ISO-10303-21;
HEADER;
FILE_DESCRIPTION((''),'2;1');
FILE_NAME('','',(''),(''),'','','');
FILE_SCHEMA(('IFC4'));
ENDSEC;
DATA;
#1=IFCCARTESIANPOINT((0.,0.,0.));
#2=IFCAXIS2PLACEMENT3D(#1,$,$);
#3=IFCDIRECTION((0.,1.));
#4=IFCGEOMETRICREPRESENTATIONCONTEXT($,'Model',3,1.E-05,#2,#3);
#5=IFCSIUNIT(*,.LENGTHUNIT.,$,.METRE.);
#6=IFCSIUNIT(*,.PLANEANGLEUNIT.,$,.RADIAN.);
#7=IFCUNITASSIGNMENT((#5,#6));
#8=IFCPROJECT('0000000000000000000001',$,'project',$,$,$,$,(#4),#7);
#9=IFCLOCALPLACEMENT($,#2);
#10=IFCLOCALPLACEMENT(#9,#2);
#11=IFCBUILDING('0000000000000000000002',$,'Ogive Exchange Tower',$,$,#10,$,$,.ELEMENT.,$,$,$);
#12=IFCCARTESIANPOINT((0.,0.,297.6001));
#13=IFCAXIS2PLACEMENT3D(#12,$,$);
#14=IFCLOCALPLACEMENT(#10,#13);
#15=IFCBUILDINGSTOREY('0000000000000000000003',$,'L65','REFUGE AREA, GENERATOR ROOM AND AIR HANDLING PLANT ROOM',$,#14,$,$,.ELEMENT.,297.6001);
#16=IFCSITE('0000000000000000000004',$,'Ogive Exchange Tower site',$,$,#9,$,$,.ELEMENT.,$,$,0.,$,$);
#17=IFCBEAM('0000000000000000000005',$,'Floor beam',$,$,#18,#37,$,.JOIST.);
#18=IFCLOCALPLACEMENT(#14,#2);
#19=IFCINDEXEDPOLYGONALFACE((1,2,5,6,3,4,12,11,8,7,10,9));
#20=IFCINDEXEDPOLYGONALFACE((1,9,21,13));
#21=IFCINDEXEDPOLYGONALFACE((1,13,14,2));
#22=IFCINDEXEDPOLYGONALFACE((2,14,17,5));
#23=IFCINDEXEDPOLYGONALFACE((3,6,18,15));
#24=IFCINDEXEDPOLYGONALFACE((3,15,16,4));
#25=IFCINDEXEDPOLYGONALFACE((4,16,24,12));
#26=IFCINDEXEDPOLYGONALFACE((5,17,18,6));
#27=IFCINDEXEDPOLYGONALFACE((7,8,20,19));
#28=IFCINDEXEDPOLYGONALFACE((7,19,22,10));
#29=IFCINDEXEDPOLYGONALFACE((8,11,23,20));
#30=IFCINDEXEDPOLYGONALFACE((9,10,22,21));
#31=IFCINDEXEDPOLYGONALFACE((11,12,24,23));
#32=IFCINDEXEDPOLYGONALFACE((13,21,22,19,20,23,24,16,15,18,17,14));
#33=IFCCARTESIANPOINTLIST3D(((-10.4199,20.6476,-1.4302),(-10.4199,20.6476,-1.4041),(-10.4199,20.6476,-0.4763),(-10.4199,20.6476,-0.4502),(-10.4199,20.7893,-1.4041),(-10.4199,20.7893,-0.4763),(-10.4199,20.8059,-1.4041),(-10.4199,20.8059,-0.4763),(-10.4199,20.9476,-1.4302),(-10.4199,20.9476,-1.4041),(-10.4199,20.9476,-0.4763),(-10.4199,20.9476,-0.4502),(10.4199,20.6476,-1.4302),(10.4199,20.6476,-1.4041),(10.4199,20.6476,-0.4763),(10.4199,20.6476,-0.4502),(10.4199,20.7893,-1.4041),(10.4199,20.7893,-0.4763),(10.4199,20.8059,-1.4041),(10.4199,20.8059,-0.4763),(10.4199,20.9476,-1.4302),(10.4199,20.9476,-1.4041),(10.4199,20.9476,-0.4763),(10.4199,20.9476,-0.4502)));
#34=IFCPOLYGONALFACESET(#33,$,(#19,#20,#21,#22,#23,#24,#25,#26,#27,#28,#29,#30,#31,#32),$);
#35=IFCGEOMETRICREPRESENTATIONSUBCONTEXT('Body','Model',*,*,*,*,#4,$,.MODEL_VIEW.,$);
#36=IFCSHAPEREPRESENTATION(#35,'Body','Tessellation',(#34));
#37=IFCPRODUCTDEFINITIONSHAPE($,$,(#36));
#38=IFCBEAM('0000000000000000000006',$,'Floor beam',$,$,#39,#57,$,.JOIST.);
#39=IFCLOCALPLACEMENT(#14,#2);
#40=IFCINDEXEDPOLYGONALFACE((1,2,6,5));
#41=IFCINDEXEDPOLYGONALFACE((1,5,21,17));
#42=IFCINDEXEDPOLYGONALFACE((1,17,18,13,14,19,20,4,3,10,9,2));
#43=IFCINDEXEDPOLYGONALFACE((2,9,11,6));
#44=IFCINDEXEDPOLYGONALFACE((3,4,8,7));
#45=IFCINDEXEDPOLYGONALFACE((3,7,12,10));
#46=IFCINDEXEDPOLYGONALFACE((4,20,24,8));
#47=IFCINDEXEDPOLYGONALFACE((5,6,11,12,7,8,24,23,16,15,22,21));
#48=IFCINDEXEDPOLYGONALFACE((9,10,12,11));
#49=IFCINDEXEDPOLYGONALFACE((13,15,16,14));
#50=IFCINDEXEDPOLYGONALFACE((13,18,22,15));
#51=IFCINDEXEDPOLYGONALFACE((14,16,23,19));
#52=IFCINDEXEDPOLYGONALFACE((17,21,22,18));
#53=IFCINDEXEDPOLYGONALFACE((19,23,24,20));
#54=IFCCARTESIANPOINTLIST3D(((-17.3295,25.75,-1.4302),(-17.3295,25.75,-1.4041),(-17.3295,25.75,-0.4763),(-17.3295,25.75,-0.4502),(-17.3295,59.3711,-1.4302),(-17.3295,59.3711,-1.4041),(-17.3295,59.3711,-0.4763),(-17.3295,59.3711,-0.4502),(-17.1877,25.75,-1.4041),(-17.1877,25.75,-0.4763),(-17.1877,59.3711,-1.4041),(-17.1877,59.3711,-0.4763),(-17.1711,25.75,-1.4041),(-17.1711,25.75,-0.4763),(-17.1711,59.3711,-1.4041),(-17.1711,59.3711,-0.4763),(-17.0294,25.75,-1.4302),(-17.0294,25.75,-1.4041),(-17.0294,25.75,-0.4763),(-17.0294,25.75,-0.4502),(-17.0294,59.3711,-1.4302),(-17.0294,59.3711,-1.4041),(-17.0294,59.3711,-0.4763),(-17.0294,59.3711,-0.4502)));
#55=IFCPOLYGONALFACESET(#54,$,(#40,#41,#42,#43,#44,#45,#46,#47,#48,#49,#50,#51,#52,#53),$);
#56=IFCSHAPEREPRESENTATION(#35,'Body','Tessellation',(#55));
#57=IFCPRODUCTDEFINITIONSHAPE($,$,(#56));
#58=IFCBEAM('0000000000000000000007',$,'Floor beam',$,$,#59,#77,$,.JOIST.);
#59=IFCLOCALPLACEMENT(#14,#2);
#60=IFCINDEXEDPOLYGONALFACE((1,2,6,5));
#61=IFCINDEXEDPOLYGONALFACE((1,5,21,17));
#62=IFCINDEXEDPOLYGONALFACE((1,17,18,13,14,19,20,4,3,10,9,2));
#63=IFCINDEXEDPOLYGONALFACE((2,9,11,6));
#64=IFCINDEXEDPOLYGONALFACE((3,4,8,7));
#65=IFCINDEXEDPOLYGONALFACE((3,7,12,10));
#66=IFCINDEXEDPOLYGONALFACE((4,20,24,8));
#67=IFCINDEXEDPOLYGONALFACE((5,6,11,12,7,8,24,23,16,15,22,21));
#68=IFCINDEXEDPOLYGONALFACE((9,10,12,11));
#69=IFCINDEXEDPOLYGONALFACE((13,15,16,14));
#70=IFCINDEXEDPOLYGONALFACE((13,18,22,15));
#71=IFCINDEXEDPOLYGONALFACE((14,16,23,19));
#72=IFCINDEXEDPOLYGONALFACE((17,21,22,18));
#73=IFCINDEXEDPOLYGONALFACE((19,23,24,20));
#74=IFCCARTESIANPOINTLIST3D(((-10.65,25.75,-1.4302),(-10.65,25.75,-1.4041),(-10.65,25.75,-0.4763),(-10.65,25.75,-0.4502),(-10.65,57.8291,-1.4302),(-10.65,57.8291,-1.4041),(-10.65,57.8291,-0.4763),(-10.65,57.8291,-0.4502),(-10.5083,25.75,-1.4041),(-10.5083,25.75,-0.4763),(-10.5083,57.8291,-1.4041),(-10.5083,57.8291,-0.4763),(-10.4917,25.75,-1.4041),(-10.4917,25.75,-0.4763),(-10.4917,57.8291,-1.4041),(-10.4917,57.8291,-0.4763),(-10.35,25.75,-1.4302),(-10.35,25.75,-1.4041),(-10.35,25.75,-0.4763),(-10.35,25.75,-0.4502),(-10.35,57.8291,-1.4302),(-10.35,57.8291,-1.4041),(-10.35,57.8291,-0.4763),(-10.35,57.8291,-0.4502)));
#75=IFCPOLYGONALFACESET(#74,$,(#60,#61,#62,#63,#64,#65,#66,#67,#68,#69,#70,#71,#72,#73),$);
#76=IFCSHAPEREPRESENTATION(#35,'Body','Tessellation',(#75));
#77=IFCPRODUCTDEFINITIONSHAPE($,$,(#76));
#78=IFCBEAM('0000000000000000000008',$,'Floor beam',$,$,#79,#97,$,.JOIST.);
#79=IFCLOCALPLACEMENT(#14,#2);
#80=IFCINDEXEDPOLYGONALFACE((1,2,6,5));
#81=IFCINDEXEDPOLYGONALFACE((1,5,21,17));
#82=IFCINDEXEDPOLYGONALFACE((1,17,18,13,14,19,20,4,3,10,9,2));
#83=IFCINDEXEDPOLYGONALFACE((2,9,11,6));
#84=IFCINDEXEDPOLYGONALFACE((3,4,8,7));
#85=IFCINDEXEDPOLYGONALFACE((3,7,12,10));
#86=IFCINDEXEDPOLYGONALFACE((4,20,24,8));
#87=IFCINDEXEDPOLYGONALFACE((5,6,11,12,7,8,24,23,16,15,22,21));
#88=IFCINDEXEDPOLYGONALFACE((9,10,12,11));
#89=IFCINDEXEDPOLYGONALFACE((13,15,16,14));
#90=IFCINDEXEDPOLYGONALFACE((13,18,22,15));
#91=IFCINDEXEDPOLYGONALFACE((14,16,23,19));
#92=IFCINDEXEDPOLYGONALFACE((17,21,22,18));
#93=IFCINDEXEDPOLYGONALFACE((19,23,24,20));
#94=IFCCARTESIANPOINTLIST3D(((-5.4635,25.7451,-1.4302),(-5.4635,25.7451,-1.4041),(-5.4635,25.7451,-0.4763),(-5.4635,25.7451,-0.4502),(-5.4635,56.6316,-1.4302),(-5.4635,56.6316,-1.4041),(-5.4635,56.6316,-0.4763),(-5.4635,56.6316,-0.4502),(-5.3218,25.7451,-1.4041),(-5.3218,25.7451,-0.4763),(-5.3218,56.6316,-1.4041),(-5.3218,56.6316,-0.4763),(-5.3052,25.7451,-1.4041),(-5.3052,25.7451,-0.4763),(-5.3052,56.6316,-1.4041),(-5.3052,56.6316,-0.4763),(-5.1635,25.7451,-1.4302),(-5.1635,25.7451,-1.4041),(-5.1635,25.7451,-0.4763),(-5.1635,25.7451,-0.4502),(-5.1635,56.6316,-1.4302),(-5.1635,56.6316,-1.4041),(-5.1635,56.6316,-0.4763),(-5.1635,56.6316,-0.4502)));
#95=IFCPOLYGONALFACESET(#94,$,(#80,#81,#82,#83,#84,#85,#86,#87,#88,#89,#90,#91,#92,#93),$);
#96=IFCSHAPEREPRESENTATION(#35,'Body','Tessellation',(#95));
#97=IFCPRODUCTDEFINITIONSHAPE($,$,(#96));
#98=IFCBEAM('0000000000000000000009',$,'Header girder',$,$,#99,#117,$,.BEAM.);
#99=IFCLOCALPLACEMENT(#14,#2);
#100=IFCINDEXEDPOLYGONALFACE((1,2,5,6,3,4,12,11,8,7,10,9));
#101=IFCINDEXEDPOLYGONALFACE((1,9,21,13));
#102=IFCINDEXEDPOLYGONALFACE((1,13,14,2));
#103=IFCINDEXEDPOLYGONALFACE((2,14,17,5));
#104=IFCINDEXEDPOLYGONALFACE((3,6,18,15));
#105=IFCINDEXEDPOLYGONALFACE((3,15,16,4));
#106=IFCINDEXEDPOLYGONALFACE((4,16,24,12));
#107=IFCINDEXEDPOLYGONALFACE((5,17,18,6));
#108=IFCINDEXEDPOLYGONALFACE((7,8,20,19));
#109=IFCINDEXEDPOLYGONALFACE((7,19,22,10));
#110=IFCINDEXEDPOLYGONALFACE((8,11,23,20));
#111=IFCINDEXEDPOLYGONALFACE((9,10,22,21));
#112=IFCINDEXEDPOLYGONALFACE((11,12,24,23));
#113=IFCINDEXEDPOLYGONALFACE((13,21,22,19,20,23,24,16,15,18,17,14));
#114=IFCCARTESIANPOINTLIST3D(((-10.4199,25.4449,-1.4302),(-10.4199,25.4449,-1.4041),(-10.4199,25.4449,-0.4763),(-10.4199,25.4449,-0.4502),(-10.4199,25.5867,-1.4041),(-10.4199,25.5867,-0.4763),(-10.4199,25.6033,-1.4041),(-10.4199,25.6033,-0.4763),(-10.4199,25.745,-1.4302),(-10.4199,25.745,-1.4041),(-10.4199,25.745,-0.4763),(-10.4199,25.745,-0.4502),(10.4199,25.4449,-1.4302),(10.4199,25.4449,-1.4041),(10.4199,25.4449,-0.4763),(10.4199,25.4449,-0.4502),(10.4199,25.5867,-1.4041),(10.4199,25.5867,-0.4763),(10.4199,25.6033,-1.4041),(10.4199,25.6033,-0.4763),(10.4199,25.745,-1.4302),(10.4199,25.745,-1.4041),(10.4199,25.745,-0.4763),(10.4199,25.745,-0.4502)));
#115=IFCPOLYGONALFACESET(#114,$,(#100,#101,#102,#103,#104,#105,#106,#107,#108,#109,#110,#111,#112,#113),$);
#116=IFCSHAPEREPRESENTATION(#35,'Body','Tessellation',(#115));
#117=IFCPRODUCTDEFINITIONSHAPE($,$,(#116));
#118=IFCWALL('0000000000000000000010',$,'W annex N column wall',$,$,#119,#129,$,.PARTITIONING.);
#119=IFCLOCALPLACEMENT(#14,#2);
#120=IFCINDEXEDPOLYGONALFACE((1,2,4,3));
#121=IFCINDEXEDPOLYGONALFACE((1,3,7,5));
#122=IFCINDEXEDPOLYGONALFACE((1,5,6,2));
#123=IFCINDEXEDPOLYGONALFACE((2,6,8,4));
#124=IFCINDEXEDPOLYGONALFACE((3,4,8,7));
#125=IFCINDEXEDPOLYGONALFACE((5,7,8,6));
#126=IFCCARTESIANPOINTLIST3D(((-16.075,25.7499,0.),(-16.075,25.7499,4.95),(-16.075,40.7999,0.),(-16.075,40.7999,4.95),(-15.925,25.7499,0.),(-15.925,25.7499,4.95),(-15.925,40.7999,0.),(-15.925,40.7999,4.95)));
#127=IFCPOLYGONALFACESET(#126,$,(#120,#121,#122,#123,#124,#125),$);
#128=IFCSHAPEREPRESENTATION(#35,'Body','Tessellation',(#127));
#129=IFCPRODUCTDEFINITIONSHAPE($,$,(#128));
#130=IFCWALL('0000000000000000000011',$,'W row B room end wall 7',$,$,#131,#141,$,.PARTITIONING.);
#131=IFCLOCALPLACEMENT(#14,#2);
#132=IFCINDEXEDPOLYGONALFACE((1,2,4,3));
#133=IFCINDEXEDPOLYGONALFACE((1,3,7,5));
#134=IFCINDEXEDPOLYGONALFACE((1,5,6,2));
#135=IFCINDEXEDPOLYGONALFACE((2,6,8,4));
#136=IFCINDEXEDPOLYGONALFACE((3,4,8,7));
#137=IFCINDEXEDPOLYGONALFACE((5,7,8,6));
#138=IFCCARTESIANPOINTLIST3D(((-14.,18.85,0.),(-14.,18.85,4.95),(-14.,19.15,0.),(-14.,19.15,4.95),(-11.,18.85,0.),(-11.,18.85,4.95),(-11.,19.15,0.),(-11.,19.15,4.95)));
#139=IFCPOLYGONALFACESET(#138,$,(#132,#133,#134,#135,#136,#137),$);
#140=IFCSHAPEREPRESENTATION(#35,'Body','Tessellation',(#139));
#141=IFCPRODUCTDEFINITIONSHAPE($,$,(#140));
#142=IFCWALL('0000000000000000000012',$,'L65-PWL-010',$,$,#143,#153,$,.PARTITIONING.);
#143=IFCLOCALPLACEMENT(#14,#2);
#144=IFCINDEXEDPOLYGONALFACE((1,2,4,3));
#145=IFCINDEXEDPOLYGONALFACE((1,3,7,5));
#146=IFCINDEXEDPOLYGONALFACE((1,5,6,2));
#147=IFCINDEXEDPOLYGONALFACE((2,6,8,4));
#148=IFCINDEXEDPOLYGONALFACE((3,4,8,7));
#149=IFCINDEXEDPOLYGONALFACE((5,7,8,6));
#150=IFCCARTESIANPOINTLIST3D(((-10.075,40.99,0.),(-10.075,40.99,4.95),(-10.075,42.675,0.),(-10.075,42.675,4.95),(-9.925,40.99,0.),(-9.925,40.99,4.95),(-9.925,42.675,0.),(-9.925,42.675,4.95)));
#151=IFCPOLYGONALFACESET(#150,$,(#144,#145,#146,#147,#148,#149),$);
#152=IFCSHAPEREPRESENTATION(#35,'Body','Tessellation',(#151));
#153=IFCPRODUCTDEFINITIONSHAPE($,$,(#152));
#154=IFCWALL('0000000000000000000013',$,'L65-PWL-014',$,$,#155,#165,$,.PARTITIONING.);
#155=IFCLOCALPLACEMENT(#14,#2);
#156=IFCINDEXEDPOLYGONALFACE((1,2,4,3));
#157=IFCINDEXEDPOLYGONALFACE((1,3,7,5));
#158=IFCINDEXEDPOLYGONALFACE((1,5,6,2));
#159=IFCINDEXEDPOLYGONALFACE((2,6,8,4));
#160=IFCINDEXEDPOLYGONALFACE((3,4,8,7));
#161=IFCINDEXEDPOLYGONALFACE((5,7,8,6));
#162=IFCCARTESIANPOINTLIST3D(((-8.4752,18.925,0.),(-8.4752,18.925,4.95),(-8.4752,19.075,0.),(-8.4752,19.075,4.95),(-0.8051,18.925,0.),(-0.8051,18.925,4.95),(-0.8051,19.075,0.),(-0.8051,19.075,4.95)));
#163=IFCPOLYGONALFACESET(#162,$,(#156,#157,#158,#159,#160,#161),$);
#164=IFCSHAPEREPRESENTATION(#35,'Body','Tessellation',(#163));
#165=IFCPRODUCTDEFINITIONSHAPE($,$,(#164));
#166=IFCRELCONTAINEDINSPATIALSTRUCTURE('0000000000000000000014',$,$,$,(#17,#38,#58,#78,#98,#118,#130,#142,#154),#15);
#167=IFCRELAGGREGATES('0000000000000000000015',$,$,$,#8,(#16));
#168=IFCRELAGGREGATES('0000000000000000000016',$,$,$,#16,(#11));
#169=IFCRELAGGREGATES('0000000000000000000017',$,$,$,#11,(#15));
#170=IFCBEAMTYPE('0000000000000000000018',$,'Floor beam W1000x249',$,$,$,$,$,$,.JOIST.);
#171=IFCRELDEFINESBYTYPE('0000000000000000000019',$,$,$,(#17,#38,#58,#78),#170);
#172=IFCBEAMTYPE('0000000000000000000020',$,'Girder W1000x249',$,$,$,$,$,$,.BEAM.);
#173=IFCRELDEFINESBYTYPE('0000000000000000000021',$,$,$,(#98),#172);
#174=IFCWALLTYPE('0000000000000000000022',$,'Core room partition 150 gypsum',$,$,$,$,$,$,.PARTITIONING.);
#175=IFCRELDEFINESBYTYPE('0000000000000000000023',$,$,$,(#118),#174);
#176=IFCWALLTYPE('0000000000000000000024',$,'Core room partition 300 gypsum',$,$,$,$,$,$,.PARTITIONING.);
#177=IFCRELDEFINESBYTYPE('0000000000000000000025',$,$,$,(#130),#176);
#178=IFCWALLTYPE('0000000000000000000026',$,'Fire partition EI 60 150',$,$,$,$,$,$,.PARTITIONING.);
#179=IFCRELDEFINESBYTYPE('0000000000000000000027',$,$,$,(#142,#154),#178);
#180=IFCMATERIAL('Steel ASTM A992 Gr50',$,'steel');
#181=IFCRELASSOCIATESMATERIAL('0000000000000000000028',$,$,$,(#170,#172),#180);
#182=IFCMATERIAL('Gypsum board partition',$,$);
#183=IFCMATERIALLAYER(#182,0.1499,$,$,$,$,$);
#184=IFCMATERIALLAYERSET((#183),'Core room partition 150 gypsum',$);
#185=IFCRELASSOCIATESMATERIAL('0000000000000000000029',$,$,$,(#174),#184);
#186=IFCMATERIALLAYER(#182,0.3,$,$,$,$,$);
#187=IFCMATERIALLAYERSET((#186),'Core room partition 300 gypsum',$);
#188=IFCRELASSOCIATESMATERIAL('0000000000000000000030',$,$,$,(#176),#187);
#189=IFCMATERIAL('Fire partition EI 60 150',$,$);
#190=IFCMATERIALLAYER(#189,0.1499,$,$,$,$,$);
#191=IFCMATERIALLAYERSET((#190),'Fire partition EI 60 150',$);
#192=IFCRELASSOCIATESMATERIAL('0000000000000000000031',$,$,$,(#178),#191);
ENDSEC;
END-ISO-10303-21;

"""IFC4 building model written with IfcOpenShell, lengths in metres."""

from ifc_helpers import new_model, si_unit, direction, frame, frame_2d, origin, origin_2d, place, context, subcontext, project, spatial, rectangle, i_section, extrude, material, layer, layer_set, material_profile, profile_set, type_object, element, save


model = new_model("IFC4")

# Units and contexts
model_context = context("Model", 3, precision=1e-05, world=origin(), true_north=direction((0.0, 1.0)))
body_context = subcontext(model_context, "Body", "Model", "MODEL_VIEW")
ifc_project = project(units=[si_unit("LENGTHUNIT", "METRE"), si_unit("PLANEANGLEUNIT", "RADIAN")], contexts=[model_context])

# Site, building, storey
site_placement = place(None, origin())
site = spatial("IfcSite", under=ifc_project, at=site_placement, Name="Ogive Exchange Tower site", CompositionType="ELEMENT", RefElevation=0.0)
building_placement = place(site_placement, origin())
building = spatial("IfcBuilding", under=site, at=building_placement, Name="Ogive Exchange Tower", CompositionType="ELEMENT")
storey_placement = place(building_placement, frame((0.0, 0.0, 297.6001)))
storey = spatial("IfcBuildingStorey", under=building, at=storey_placement, Name="L65", Description="REFUGE AREA, GENERATOR ROOM AND AIR HANDLING PLANT ROOM", CompositionType="ELEMENT", Elevation=297.6001)

# Beams
ifc_material_1 = material(Name="Steel ASTM A992 Gr50", Category="steel")
ifc_material_profile_1 = material_profile(ifc_material_1, i_section(OverallWidth=0.3, OverallDepth=0.98, WebThickness=0.0166, FlangeThickness=0.0261, at=origin_2d()), Name="W1000x249")
ifc_profile_set_1 = profile_set([ifc_material_profile_1], Name="Steel ASTM A992 Gr50")
beam_type_1 = type_object("IfcBeamType", Name="Floor beam W1000x249", PredefinedType="JOIST", material=ifc_profile_set_1)
beam_1_placement = place(storey_placement, frame((-10.4199, 20.7976, -0.9402), z_axis=(1.0, 0.0, 0.0), x_axis=(0.0, 1.0, 0.0)))
element("IfcBeam", 1, at=beam_1_placement, inside=storey, type_object=beam_type_1, Name="Floor beam", PredefinedType="JOIST", context=body_context, shape_type="SweptSolid", body=[
    extrude(i_section(OverallWidth=0.3, OverallDepth=0.98, WebThickness=0.0166, FlangeThickness=0.0261, at=origin_2d()), origin(), (0.0, 0.0, 1.0), 20.8398),
])
beam_2_placement = place(storey_placement, frame((-17.1794, 25.75, -0.9402), z_axis=(0.0, 1.0, 0.0), x_axis=(-1.0, 0.0, 0.0)))
element("IfcBeam", 2, at=beam_2_placement, inside=storey, type_object=beam_type_1, Name="Floor beam", PredefinedType="JOIST", context=body_context, shape_type="SweptSolid", body=[
    extrude(i_section(OverallWidth=0.3, OverallDepth=0.98, WebThickness=0.0166, FlangeThickness=0.0261, at=origin_2d()), origin(), (0.0, 0.0, 1.0), 33.6211),
])
beam_3_placement = place(storey_placement, frame((-10.5, 25.75, -0.9402), z_axis=(0.0, 1.0, 0.0), x_axis=(-1.0, 0.0, 0.0)))
element("IfcBeam", 3, at=beam_3_placement, inside=storey, type_object=beam_type_1, Name="Floor beam", PredefinedType="JOIST", context=body_context, shape_type="SweptSolid", body=[
    extrude(i_section(OverallWidth=0.3, OverallDepth=0.98, WebThickness=0.0166, FlangeThickness=0.0261, at=origin_2d()), origin(), (0.0, 0.0, 1.0), 32.0791),
])
beam_4_placement = place(storey_placement, frame((-5.3135, 25.7451, -0.9402), z_axis=(0.0, 1.0, 0.0), x_axis=(-1.0, 0.0, 0.0)))
element("IfcBeam", 4, at=beam_4_placement, inside=storey, type_object=beam_type_1, Name="Floor beam", PredefinedType="JOIST", context=body_context, shape_type="SweptSolid", body=[
    extrude(i_section(OverallWidth=0.3, OverallDepth=0.98, WebThickness=0.0166, FlangeThickness=0.0261, at=origin_2d()), origin(), (0.0, 0.0, 1.0), 30.8865),
])
ifc_material_profile_2 = material_profile(ifc_material_1, i_section(OverallWidth=0.3, OverallDepth=0.98, WebThickness=0.0166, FlangeThickness=0.0261, at=origin_2d()), Name="W1000x249")
ifc_profile_set_2 = profile_set([ifc_material_profile_2], Name="Steel ASTM A992 Gr50")
beam_type_2 = type_object("IfcBeamType", Name="Girder W1000x249", PredefinedType="BEAM", material=ifc_profile_set_2)
beam_5_placement = place(storey_placement, frame((-10.4199, 25.595, -0.9402), z_axis=(1.0, 0.0, 0.0), x_axis=(0.0, 1.0, 0.0)))
element("IfcBeam", 5, at=beam_5_placement, inside=storey, type_object=beam_type_2, Name="Header girder", PredefinedType="BEAM", context=body_context, shape_type="SweptSolid", body=[
    extrude(i_section(OverallWidth=0.3, OverallDepth=0.98, WebThickness=0.0166, FlangeThickness=0.0261, at=origin_2d()), origin(), (0.0, 0.0, 1.0), 20.8398),
])

# Walls
ifc_material_2 = material(Name="Gypsum board partition")
ifc_layer_1 = layer(ifc_material_2, 0.1499)
ifc_layer_set_1 = layer_set([ifc_layer_1], Name="Core room partition 150 gypsum")
wall_type_1 = type_object("IfcWallType", Name="Core room partition 150 gypsum", PredefinedType="PARTITIONING", material=ifc_layer_set_1)
wall_1_placement = place(storey_placement, frame((-16.0, 25.75, 0.0), z_axis=(0.0, 0.0, 1.0), x_axis=(0.0, 1.0, 0.0)))
element("IfcWall", 6, at=wall_1_placement, inside=storey, type_object=wall_type_1, Name="W annex N column wall", PredefinedType="PARTITIONING", context=body_context, shape_type="SweptSolid", body=[
    extrude(rectangle(XDim=15.05, YDim=0.1499, at=frame_2d((7.5249, 0.0))), origin(), (0.0, 0.0, 1.0), 4.95),
])
ifc_layer_2 = layer(ifc_material_2, 0.3)
ifc_layer_set_2 = layer_set([ifc_layer_2], Name="Core room partition 300 gypsum")
wall_type_2 = type_object("IfcWallType", Name="Core room partition 300 gypsum", PredefinedType="PARTITIONING", material=ifc_layer_set_2)
wall_2_placement = place(storey_placement, frame((-14.0, 19.0, 0.0), z_axis=(0.0, 0.0, 1.0), x_axis=(1.0, 0.0, 0.0)))
element("IfcWall", 7, at=wall_2_placement, inside=storey, type_object=wall_type_2, Name="W row B room end wall 7", PredefinedType="PARTITIONING", context=body_context, shape_type="SweptSolid", body=[
    extrude(rectangle(XDim=3.0, YDim=0.3, at=frame_2d((1.5, 0.0))), origin(), (0.0, 0.0, 1.0), 4.95),
])
ifc_material_3 = material(Name="Fire partition EI 60 150")
ifc_layer_3 = layer(ifc_material_3, 0.1499)
ifc_layer_set_3 = layer_set([ifc_layer_3], Name="Fire partition EI 60 150")
wall_type_3 = type_object("IfcWallType", Name="Fire partition EI 60 150", PredefinedType="PARTITIONING", material=ifc_layer_set_3)
wall_3_placement = place(storey_placement, frame((-10.0, 40.99, 0.0), z_axis=(0.0, 0.0, 1.0), x_axis=(0.0, 1.0, 0.0)))
element("IfcWall", 8, at=wall_3_placement, inside=storey, type_object=wall_type_3, Name="L65-PWL-010", PredefinedType="PARTITIONING", context=body_context, shape_type="SweptSolid", body=[
    extrude(rectangle(XDim=1.6851, YDim=0.1499, at=frame_2d((0.8425, 0.0))), origin(), (0.0, 0.0, 1.0), 4.95),
])
wall_4_placement = place(storey_placement, frame((-8.4751, 19.0, 0.0), z_axis=(0.0, 0.0, 1.0), x_axis=(1.0, 0.0, 0.0)))
element("IfcWall", 9, at=wall_4_placement, inside=storey, type_object=wall_type_3, Name="L65-PWL-014", PredefinedType="PARTITIONING", context=body_context, shape_type="SweptSolid", body=[
    extrude(rectangle(XDim=7.6702, YDim=0.1499, at=frame_2d((3.835, 0.0))), origin(), (0.0, 0.0, 1.0), 4.95),
])

save(model, "model.ifc")
